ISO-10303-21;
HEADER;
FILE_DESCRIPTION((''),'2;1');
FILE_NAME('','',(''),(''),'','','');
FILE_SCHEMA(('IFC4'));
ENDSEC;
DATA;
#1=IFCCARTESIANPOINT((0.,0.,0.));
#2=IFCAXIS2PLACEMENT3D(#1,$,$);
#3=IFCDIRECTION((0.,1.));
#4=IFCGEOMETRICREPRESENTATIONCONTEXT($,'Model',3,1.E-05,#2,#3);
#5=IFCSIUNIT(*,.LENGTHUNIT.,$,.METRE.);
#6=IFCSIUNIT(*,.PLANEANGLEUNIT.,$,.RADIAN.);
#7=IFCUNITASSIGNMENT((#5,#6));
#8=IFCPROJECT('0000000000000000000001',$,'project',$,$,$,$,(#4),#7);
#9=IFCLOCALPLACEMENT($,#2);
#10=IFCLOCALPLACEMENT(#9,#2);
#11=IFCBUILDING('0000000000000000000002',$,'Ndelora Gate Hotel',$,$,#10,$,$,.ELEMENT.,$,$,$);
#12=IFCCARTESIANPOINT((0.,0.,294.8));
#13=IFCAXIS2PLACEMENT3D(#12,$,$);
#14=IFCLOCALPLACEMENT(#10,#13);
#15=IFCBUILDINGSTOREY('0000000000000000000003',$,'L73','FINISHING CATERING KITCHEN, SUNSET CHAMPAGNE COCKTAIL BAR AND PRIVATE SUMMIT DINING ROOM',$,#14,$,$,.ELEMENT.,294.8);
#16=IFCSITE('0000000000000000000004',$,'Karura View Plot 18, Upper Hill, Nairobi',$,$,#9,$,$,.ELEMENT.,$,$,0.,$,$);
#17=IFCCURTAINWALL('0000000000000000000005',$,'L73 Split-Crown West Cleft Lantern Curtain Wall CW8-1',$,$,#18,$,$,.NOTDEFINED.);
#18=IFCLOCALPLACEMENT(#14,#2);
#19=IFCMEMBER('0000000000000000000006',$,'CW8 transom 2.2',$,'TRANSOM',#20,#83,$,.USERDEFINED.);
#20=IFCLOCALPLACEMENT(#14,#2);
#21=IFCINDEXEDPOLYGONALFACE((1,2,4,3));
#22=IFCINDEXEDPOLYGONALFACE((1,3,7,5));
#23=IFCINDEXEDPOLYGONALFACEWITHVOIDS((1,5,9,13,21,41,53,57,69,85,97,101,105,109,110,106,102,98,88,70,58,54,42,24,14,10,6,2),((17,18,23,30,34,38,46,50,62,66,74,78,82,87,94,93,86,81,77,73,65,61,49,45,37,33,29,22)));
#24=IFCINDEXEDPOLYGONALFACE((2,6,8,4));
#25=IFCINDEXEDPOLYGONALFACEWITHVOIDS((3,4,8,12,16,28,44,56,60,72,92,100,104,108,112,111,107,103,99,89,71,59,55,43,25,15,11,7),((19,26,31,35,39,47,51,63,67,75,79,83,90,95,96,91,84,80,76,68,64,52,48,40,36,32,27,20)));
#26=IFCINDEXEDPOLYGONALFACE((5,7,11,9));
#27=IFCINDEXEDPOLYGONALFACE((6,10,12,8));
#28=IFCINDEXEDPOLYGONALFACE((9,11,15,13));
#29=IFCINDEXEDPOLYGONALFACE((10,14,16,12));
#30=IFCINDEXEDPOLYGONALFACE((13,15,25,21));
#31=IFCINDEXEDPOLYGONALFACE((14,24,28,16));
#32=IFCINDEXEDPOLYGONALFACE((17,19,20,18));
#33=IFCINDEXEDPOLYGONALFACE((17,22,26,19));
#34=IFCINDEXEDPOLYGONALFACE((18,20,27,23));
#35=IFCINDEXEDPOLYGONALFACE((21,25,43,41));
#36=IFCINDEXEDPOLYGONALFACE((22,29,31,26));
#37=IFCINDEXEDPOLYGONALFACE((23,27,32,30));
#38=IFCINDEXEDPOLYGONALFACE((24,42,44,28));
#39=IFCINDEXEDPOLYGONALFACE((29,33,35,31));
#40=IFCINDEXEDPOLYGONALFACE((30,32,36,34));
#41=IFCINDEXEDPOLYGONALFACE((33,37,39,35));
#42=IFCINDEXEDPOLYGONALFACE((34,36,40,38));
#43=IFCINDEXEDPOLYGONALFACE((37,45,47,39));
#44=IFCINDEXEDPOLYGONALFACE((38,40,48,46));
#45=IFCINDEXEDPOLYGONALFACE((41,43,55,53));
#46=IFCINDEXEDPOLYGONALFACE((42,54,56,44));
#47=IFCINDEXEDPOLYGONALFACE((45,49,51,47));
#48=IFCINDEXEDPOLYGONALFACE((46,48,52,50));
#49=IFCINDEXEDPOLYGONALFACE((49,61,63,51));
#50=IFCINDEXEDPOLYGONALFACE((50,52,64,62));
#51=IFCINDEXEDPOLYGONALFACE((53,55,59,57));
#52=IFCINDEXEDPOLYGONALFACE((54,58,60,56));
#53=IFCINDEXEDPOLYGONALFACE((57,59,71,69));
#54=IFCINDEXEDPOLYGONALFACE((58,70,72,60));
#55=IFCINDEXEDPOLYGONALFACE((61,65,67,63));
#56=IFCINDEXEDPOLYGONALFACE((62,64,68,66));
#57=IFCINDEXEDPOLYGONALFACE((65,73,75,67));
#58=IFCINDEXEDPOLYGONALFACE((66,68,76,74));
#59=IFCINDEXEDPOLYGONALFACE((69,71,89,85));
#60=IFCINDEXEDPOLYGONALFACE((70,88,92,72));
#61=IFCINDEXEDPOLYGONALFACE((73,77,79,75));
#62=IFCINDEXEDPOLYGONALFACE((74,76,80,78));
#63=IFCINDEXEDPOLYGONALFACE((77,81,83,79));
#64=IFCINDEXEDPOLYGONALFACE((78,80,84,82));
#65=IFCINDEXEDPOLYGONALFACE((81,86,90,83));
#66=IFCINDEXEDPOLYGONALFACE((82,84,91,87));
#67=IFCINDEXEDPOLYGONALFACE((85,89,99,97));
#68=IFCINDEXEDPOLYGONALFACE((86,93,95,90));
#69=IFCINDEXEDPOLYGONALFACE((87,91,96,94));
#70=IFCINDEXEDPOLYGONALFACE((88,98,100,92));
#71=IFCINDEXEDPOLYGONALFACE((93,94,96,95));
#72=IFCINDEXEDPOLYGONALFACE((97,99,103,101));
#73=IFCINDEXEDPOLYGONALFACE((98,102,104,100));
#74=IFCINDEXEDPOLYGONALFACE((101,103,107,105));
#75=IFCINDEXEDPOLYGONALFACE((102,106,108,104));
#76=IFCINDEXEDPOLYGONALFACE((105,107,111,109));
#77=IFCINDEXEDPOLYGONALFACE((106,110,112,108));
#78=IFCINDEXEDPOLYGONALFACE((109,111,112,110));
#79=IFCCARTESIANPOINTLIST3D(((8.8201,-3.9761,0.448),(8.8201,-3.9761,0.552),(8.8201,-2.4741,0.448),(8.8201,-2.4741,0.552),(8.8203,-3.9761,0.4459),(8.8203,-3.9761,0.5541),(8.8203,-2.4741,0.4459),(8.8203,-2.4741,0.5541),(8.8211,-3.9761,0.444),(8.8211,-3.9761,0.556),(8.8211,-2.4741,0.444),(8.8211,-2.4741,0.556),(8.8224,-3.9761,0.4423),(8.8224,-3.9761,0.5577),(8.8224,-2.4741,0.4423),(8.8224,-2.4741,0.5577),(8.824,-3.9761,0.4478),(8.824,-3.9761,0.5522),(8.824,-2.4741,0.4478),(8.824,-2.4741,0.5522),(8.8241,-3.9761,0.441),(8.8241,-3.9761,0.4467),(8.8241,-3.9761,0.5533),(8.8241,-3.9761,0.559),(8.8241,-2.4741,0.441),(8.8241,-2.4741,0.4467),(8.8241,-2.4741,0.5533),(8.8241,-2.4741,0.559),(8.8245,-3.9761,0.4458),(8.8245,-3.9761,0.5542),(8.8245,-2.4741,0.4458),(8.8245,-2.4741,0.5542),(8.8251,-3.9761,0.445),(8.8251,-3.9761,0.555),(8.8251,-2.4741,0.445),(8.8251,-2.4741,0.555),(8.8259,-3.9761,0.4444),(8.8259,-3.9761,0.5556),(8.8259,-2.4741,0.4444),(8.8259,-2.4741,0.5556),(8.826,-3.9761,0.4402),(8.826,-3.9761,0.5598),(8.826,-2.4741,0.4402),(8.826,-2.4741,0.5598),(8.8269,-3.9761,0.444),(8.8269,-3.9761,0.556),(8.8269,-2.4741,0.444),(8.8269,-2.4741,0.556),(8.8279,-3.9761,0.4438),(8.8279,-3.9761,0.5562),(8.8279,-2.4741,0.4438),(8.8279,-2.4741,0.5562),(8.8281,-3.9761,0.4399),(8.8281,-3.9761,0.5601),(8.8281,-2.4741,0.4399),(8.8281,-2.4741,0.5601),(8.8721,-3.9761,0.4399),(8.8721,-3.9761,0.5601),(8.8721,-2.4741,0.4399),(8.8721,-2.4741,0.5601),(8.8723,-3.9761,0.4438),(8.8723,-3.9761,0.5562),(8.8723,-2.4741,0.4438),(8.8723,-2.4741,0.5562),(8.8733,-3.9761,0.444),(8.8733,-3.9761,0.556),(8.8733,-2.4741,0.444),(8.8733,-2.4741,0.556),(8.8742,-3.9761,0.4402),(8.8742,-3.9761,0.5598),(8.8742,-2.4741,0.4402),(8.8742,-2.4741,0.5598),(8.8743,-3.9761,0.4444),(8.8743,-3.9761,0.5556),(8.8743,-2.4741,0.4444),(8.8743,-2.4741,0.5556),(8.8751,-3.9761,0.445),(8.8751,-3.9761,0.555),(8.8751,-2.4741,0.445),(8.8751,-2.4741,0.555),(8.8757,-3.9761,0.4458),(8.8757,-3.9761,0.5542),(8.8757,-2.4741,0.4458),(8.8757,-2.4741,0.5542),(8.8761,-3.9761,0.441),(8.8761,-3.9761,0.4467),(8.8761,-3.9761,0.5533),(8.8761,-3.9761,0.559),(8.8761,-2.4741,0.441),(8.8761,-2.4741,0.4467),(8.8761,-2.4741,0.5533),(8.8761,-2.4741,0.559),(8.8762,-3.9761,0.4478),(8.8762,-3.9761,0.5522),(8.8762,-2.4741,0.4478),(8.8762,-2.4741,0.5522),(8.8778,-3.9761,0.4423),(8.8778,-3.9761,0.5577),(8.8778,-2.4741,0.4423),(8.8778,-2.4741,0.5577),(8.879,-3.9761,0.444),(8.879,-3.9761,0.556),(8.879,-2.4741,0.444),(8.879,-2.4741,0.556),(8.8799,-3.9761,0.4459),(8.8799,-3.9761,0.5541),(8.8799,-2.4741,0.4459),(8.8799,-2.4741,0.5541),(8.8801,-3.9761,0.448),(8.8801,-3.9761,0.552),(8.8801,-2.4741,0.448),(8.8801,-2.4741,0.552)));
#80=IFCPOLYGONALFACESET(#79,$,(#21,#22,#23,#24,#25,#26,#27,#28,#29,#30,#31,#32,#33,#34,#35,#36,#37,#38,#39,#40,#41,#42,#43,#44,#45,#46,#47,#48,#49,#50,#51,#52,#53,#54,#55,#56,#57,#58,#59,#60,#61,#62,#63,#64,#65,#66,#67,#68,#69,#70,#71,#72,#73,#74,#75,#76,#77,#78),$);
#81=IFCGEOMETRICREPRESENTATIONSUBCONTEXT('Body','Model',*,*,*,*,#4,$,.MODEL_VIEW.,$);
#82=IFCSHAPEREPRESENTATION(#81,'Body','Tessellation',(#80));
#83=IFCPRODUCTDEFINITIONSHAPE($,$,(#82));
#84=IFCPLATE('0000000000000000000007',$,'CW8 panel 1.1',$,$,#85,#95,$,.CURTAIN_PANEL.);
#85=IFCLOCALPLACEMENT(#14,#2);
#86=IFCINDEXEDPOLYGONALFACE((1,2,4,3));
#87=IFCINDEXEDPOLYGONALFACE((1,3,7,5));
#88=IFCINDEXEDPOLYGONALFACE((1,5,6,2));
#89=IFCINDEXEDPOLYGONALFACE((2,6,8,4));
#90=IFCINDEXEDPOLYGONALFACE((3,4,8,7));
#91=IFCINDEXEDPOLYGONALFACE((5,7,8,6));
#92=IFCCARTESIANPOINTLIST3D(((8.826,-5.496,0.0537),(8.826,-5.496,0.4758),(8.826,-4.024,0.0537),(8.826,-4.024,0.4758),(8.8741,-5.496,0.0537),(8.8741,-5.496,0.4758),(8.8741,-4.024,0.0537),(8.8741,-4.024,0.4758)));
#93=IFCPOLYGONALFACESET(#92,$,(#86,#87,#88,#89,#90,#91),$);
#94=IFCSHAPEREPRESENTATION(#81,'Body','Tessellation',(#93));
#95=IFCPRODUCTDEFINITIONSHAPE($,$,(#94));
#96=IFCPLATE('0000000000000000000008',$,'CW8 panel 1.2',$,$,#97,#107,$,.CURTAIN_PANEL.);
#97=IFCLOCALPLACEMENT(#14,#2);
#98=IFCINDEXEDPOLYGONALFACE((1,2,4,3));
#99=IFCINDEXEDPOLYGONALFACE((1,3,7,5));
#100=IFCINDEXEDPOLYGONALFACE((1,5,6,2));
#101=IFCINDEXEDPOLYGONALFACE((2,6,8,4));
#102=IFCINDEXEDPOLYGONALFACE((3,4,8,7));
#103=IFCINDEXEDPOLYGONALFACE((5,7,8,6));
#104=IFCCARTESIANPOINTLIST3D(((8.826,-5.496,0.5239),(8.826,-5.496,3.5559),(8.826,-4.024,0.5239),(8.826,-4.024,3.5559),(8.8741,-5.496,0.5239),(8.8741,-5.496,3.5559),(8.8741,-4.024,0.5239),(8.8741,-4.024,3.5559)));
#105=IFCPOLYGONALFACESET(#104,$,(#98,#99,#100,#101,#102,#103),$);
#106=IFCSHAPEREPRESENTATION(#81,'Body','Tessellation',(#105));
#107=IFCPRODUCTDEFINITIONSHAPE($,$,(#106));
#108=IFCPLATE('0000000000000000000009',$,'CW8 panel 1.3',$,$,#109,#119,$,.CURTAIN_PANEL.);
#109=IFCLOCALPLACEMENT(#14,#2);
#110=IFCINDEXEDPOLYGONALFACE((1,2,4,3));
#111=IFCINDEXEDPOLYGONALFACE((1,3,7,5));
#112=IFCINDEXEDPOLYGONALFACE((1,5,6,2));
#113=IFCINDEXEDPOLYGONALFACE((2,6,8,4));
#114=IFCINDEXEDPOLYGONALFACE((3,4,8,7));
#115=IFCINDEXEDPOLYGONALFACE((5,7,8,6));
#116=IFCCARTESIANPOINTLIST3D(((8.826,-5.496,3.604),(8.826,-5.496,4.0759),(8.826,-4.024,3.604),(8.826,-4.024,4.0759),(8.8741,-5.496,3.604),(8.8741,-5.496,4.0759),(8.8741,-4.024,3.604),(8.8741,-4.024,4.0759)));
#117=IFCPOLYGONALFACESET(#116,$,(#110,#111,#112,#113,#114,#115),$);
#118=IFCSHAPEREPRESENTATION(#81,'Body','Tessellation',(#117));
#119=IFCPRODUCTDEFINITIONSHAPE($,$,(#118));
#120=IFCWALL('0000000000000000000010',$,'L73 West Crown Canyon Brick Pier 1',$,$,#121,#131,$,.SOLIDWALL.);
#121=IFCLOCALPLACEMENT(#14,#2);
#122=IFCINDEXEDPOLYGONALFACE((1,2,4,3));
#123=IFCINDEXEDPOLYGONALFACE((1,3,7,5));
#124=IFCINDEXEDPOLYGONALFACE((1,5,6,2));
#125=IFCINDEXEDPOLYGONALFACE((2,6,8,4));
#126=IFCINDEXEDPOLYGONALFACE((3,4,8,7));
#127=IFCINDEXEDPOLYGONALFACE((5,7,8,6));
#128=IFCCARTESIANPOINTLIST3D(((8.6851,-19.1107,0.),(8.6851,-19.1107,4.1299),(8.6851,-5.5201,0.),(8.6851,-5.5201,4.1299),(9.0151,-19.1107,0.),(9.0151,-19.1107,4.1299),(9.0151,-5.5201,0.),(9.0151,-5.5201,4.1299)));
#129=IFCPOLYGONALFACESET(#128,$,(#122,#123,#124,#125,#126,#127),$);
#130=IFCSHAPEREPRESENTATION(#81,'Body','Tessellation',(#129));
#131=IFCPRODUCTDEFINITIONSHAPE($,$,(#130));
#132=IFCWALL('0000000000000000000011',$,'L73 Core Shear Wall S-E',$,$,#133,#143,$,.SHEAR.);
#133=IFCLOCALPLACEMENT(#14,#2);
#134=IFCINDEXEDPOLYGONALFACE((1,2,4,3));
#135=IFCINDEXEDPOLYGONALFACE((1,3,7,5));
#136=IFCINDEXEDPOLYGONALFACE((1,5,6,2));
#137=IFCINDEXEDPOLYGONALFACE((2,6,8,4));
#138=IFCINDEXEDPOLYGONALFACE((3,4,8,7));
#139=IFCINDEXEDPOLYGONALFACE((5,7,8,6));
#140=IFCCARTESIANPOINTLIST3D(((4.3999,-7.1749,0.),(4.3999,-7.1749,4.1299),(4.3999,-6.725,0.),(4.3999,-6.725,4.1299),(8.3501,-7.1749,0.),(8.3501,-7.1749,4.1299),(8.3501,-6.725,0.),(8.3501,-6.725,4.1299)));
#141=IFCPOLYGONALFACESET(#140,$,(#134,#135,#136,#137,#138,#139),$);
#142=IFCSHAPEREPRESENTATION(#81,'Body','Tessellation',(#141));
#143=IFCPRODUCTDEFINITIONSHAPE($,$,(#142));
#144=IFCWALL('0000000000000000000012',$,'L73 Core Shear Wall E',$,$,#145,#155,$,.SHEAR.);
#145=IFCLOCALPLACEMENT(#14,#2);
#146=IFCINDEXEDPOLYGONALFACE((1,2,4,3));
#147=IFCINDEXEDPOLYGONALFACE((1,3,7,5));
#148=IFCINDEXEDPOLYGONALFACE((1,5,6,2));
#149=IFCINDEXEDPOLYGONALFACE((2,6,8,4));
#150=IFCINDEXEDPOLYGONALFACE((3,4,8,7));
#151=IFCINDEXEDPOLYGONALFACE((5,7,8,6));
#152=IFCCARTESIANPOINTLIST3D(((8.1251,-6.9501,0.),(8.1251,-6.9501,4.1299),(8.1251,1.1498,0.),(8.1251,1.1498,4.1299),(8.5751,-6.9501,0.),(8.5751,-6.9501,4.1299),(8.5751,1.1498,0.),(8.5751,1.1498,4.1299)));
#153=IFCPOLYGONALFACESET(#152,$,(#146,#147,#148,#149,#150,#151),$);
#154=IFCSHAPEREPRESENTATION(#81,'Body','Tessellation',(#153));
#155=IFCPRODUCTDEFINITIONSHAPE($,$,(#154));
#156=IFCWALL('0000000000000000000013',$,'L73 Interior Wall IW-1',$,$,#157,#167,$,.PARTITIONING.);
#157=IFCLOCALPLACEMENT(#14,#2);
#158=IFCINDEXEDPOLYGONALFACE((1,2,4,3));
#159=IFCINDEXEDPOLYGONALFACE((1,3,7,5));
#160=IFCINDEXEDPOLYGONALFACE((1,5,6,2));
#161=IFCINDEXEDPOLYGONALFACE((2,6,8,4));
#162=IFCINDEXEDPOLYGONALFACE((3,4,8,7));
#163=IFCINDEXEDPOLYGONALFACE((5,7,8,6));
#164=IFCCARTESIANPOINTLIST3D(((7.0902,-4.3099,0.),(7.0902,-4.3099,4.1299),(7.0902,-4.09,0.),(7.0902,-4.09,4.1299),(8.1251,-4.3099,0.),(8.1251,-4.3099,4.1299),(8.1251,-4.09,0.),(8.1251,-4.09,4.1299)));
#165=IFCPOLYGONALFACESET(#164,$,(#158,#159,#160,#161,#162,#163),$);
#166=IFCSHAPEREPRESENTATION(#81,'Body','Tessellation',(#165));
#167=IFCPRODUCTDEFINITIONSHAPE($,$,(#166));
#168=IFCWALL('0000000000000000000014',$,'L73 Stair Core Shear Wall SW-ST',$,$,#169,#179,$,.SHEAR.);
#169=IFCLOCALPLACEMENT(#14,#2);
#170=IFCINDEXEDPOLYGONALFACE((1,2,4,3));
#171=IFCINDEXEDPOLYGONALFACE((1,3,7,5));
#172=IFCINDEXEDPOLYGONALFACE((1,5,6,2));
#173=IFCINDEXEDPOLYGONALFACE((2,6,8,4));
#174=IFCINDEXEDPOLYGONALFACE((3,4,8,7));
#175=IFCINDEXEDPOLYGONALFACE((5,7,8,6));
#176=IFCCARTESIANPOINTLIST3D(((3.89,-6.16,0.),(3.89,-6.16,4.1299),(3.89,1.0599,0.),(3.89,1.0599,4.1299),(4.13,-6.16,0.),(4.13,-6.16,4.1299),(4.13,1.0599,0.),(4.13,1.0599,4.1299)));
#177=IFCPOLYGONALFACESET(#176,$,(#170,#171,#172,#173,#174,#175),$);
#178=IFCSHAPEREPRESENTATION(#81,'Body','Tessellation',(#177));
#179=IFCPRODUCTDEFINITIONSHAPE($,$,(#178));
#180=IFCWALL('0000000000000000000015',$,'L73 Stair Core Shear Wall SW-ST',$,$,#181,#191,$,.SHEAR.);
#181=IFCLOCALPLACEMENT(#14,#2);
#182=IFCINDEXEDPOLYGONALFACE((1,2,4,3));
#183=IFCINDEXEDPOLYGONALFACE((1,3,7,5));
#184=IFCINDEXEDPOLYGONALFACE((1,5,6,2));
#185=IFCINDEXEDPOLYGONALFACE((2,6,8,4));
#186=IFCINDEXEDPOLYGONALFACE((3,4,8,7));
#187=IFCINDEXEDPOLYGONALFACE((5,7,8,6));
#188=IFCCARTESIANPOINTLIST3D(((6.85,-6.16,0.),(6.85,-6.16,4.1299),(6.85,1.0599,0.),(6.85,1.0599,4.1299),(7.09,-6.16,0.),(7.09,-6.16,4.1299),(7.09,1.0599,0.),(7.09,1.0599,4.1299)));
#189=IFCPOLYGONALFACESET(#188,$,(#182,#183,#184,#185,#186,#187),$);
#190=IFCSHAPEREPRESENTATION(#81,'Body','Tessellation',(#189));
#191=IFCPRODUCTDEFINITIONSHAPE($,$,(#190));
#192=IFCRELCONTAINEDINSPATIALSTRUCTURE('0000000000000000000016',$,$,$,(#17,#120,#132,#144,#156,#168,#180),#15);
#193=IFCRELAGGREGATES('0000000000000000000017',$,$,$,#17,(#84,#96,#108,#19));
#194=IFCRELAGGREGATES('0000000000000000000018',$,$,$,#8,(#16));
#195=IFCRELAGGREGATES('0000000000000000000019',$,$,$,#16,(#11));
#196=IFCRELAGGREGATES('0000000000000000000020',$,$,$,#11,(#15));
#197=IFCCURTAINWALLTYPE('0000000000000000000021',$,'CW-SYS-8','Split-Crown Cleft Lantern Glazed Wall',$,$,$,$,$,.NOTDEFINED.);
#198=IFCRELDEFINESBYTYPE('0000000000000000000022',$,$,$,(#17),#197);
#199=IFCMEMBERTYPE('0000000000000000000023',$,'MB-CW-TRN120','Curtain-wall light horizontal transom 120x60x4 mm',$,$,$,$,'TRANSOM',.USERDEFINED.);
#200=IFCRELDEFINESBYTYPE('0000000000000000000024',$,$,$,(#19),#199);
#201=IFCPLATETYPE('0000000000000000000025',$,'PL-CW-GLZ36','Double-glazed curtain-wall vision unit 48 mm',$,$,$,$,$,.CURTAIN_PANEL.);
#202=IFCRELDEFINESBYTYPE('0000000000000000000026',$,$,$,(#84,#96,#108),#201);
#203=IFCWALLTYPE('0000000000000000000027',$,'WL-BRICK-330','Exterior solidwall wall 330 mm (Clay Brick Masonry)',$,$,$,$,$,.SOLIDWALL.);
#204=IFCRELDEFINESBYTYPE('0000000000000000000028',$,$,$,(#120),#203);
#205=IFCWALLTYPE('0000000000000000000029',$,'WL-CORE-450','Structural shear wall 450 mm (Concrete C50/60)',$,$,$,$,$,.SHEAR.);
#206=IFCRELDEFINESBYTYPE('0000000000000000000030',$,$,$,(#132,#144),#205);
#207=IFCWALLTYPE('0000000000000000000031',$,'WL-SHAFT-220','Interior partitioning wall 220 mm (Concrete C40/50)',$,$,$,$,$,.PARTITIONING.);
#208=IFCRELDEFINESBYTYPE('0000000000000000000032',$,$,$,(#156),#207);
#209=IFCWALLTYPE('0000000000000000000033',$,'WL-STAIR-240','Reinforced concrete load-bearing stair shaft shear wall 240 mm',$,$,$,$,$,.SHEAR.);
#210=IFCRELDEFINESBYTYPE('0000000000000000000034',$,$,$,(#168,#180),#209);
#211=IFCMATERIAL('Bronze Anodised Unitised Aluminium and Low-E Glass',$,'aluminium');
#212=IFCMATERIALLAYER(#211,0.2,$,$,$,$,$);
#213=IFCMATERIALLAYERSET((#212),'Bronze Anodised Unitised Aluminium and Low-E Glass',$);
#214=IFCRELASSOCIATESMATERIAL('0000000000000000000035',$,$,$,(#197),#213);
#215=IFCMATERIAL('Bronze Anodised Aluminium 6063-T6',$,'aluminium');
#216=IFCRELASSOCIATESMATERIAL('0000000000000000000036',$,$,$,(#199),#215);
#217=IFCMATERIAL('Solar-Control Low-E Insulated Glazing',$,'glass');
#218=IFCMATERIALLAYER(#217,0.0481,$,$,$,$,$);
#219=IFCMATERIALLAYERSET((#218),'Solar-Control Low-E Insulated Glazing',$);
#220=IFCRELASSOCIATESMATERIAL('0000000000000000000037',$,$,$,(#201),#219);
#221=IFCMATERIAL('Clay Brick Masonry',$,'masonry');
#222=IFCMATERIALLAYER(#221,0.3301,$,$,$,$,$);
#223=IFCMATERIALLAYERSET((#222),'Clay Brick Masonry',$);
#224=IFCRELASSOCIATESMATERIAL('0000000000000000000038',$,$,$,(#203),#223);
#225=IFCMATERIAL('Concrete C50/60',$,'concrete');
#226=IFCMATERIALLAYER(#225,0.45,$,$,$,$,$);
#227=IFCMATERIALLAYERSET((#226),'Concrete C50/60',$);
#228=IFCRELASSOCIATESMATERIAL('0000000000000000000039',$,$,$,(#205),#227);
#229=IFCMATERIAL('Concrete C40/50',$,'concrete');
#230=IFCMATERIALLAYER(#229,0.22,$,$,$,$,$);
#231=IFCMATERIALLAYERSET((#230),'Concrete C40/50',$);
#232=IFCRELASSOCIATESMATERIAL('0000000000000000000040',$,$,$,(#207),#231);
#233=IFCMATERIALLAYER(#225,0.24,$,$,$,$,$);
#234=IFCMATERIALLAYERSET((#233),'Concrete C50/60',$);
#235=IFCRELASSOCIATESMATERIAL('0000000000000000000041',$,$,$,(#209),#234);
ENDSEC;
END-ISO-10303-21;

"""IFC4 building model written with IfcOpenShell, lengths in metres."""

from ifc_helpers import new_model, si_unit, direction, frame, frame_2d, origin, origin_2d, place, context, subcontext, project, spatial, rectangle, hollow_rectangle, extrude, material, layer, layer_set, material_profile, profile_set, type_object, element, aggregate, save


model = new_model("IFC4")

# Units and contexts
model_context = context("Model", 3, precision=1e-05, world=origin(), true_north=direction((0.0, 1.0)))
body_context = subcontext(model_context, "Body", "Model", "MODEL_VIEW")
ifc_project = project(units=[si_unit("LENGTHUNIT", "METRE"), si_unit("PLANEANGLEUNIT", "RADIAN")], contexts=[model_context])

# Site, building, storey
site_placement = place(None, origin())
site = spatial("IfcSite", under=ifc_project, at=site_placement, Name="Karura View Plot 18, Upper Hill, Nairobi", CompositionType="ELEMENT", RefElevation=0.0)
building_placement = place(site_placement, origin())
building = spatial("IfcBuilding", under=site, at=building_placement, Name="Ndelora Gate Hotel", CompositionType="ELEMENT")
storey_placement = place(building_placement, frame((0.0, 0.0, 294.8)))
storey = spatial("IfcBuildingStorey", under=building, at=storey_placement, Name="L73", Description="FINISHING CATERING KITCHEN, SUNSET CHAMPAGNE COCKTAIL BAR AND PRIVATE SUMMIT DINING ROOM", CompositionType="ELEMENT", Elevation=294.8)

# Shared definitions
ifc_material_1 = material(Name="Concrete C50/60", Category="concrete")

# Curtain wall, member, plates
ifc_material_2 = material(Name="Bronze Anodised Unitised Aluminium and Low-E Glass", Category="aluminium")
ifc_layer_1 = layer(ifc_material_2, 0.2)
ifc_layer_set_1 = layer_set([ifc_layer_1], Name="Bronze Anodised Unitised Aluminium and Low-E Glass")
curtain_wall_type = type_object("IfcCurtainWallType", Name="CW-SYS-8", Description="Split-Crown Cleft Lantern Glazed Wall", PredefinedType="NOTDEFINED", material=ifc_layer_set_1)
curtain_wall_placement = place(storey_placement, origin())
curtain_wall = element("IfcCurtainWall", 1, at=curtain_wall_placement, inside=storey, type_object=curtain_wall_type, Name="L73 Split-Crown West Cleft Lantern Curtain Wall CW8-1", PredefinedType="NOTDEFINED")
ifc_material_3 = material(Name="Bronze Anodised Aluminium 6063-T6", Category="aluminium")
ifc_material_profile_1 = material_profile(ifc_material_3, hollow_rectangle(XDim=0.0601, YDim=0.1201, WallThickness=0.0039, InnerFilletRadius=0.0039, OuterFilletRadius=0.0081, at=origin_2d()), Name="ALU 120x60x4")
ifc_profile_set_1 = profile_set([ifc_material_profile_1], Name="Bronze Anodised Aluminium 6063-T6")
member_type_1 = type_object("IfcMemberType", Name="MB-CW-TRN120", Description="Curtain-wall light horizontal transom 120x60x4 mm", ElementType="TRANSOM", PredefinedType="USERDEFINED", material=ifc_profile_set_1)
member_1_placement = place(storey_placement, frame((8.8501, -3.9761, 0.5), z_axis=(0.0, 1.0, 0.0), x_axis=(-1.0, 0.0, 0.0)))
member_1 = element("IfcMember", 2, at=member_1_placement, type_object=member_type_1, Name="CW8 transom 2.2", ObjectType="TRANSOM", PredefinedType="USERDEFINED", context=body_context, shape_type="SweptSolid", body=[
    extrude(hollow_rectangle(XDim=0.0601, YDim=0.1201, WallThickness=0.0039, InnerFilletRadius=0.0039, OuterFilletRadius=0.0081, at=origin_2d()), origin(), (0.0, 0.0, 1.0), 1.502),
])
ifc_material_4 = material(Name="Solar-Control Low-E Insulated Glazing", Category="glass")
ifc_layer_2 = layer(ifc_material_4, 0.0481)
ifc_layer_set_2 = layer_set([ifc_layer_2], Name="Solar-Control Low-E Insulated Glazing")
plate_type = type_object("IfcPlateType", Name="PL-CW-GLZ36", Description="Double-glazed curtain-wall vision unit 48 mm", PredefinedType="CURTAIN_PANEL", material=ifc_layer_set_2)
plate_1_placement = place(storey_placement, frame((8.8501, -4.76, 0.0537), z_axis=(0.0, 0.0, 1.0), x_axis=(0.0, 1.0, 0.0)))
plate_1 = element("IfcPlate", 3, at=plate_1_placement, type_object=plate_type, Name="CW8 panel 1.1", PredefinedType="CURTAIN_PANEL", context=body_context, shape_type="SweptSolid", body=[
    extrude(rectangle(XDim=1.4719, YDim=0.0481, at=origin_2d()), origin(), (0.0, 0.0, 1.0), 0.4221),
])
plate_2_placement = place(storey_placement, frame((8.8501, -4.76, 0.5239), z_axis=(0.0, 0.0, 1.0), x_axis=(0.0, 1.0, 0.0)))
plate_2 = element("IfcPlate", 4, at=plate_2_placement, type_object=plate_type, Name="CW8 panel 1.2", PredefinedType="CURTAIN_PANEL", context=body_context, shape_type="SweptSolid", body=[
    extrude(rectangle(XDim=1.4719, YDim=0.0481, at=origin_2d()), origin(), (0.0, 0.0, 1.0), 3.032),
])
plate_3_placement = place(storey_placement, frame((8.8501, -4.76, 3.604), z_axis=(0.0, 0.0, 1.0), x_axis=(0.0, 1.0, 0.0)))
plate_3 = element("IfcPlate", 5, at=plate_3_placement, type_object=plate_type, Name="CW8 panel 1.3", PredefinedType="CURTAIN_PANEL", context=body_context, shape_type="SweptSolid", body=[
    extrude(rectangle(XDim=1.4719, YDim=0.0481, at=origin_2d()), origin(), (0.0, 0.0, 1.0), 0.4719),
])
aggregate(curtain_wall, [plate_1, plate_2, plate_3, member_1])

# Walls
ifc_material_5 = material(Name="Clay Brick Masonry", Category="masonry")
ifc_layer_3 = layer(ifc_material_5, 0.3301)
ifc_layer_set_3 = layer_set([ifc_layer_3], Name="Clay Brick Masonry")
wall_type_1 = type_object("IfcWallType", Name="WL-BRICK-330", Description="Exterior solidwall wall 330 mm (Clay Brick Masonry)", PredefinedType="SOLIDWALL", material=ifc_layer_set_3)
wall_1_placement = place(storey_placement, frame((8.8501, -5.52, 0.0), z_axis=(0.0, 0.0, 1.0), x_axis=(0.0, -1.0, 0.0)))
element("IfcWall", 6, at=wall_1_placement, inside=storey, type_object=wall_type_1, Name="L73 West Crown Canyon Brick Pier 1", PredefinedType="SOLIDWALL", context=body_context, shape_type="SweptSolid", body=[
    extrude(rectangle(XDim=13.5906, YDim=0.3301, at=frame_2d((6.7954, 0.0))), origin(), (0.0, 0.0, 1.0), 4.1299),
])
ifc_layer_4 = layer(ifc_material_1, 0.45)
ifc_layer_set_4 = layer_set([ifc_layer_4], Name="Concrete C50/60")
wall_type_2 = type_object("IfcWallType", Name="WL-CORE-450", Description="Structural shear wall 450 mm (Concrete C50/60)", PredefinedType="SHEAR", material=ifc_layer_set_4)
wall_2_placement = place(storey_placement, frame((4.3999, -6.95, 0.0), z_axis=(0.0, 0.0, 1.0), x_axis=(1.0, 0.0, 0.0)))
element("IfcWall", 7, at=wall_2_placement, inside=storey, type_object=wall_type_2, Name="L73 Core Shear Wall S-E", PredefinedType="SHEAR", context=body_context, shape_type="SweptSolid", body=[
    extrude(rectangle(XDim=3.9502, YDim=0.45, at=frame_2d((1.9751, 0.0))), origin(), (0.0, 0.0, 1.0), 4.1299),
])
wall_3_placement = place(storey_placement, frame((8.3501, -6.95, 0.0), z_axis=(0.0, 0.0, 1.0), x_axis=(0.0, 1.0, 0.0)))
element("IfcWall", 8, at=wall_3_placement, inside=storey, type_object=wall_type_2, Name="L73 Core Shear Wall E", PredefinedType="SHEAR", context=body_context, shape_type="SweptSolid", body=[
    extrude(rectangle(XDim=8.0999, YDim=0.45, at=frame_2d((4.0498, 0.0))), origin(), (0.0, 0.0, 1.0), 4.1299),
])
ifc_material_6 = material(Name="Concrete C40/50", Category="concrete")
ifc_layer_5 = layer(ifc_material_6, 0.22)
ifc_layer_set_5 = layer_set([ifc_layer_5], Name="Concrete C40/50")
wall_type_3 = type_object("IfcWallType", Name="WL-SHAFT-220", Description="Interior partitioning wall 220 mm (Concrete C40/50)", PredefinedType="PARTITIONING", material=ifc_layer_set_5)
wall_4_placement = place(storey_placement, frame((7.0901, -4.2, 0.0), z_axis=(0.0, 0.0, 1.0), x_axis=(1.0, 0.0, 0.0)))
element("IfcWall", 9, at=wall_4_placement, inside=storey, type_object=wall_type_3, Name="L73 Interior Wall IW-1", PredefinedType="PARTITIONING", context=body_context, shape_type="SweptSolid", body=[
    extrude(rectangle(XDim=1.0349, YDim=0.22, at=frame_2d((0.5176, 0.0))), origin(), (0.0, 0.0, 1.0), 4.1299),
])
ifc_layer_6 = layer(ifc_material_1, 0.24)
ifc_layer_set_6 = layer_set([ifc_layer_6], Name="Concrete C50/60")
wall_type_4 = type_object("IfcWallType", Name="WL-STAIR-240", Description="Reinforced concrete load-bearing stair shaft shear wall 240 mm", PredefinedType="SHEAR", material=ifc_layer_set_6)
for number, where, z_axis, x_axis, name in (
    (10, (4.01, -6.1599, 0.0), (0.0, 0.0, 1.0), (0.0, 1.0, 0.0), "L73 Stair Core Shear Wall SW-ST"),
    (11, (6.97, -6.1599, 0.0), (0.0, 0.0, 1.0), (0.0, 1.0, 0.0), "L73 Stair Core Shear Wall SW-ST"),
):
    element("IfcWall", number, at=place(storey_placement, frame(where, z_axis=z_axis, x_axis=x_axis)), inside=storey, type_object=wall_type_4, Name=name, PredefinedType="SHEAR", context=body_context, shape_type="SweptSolid", body=[
        extrude(rectangle(XDim=7.22, YDim=0.24, at=frame_2d((3.6099, 0.0))), origin(), (0.0, 0.0, 1.0), 4.1299),
    ])

save(model, "model.ifc")
